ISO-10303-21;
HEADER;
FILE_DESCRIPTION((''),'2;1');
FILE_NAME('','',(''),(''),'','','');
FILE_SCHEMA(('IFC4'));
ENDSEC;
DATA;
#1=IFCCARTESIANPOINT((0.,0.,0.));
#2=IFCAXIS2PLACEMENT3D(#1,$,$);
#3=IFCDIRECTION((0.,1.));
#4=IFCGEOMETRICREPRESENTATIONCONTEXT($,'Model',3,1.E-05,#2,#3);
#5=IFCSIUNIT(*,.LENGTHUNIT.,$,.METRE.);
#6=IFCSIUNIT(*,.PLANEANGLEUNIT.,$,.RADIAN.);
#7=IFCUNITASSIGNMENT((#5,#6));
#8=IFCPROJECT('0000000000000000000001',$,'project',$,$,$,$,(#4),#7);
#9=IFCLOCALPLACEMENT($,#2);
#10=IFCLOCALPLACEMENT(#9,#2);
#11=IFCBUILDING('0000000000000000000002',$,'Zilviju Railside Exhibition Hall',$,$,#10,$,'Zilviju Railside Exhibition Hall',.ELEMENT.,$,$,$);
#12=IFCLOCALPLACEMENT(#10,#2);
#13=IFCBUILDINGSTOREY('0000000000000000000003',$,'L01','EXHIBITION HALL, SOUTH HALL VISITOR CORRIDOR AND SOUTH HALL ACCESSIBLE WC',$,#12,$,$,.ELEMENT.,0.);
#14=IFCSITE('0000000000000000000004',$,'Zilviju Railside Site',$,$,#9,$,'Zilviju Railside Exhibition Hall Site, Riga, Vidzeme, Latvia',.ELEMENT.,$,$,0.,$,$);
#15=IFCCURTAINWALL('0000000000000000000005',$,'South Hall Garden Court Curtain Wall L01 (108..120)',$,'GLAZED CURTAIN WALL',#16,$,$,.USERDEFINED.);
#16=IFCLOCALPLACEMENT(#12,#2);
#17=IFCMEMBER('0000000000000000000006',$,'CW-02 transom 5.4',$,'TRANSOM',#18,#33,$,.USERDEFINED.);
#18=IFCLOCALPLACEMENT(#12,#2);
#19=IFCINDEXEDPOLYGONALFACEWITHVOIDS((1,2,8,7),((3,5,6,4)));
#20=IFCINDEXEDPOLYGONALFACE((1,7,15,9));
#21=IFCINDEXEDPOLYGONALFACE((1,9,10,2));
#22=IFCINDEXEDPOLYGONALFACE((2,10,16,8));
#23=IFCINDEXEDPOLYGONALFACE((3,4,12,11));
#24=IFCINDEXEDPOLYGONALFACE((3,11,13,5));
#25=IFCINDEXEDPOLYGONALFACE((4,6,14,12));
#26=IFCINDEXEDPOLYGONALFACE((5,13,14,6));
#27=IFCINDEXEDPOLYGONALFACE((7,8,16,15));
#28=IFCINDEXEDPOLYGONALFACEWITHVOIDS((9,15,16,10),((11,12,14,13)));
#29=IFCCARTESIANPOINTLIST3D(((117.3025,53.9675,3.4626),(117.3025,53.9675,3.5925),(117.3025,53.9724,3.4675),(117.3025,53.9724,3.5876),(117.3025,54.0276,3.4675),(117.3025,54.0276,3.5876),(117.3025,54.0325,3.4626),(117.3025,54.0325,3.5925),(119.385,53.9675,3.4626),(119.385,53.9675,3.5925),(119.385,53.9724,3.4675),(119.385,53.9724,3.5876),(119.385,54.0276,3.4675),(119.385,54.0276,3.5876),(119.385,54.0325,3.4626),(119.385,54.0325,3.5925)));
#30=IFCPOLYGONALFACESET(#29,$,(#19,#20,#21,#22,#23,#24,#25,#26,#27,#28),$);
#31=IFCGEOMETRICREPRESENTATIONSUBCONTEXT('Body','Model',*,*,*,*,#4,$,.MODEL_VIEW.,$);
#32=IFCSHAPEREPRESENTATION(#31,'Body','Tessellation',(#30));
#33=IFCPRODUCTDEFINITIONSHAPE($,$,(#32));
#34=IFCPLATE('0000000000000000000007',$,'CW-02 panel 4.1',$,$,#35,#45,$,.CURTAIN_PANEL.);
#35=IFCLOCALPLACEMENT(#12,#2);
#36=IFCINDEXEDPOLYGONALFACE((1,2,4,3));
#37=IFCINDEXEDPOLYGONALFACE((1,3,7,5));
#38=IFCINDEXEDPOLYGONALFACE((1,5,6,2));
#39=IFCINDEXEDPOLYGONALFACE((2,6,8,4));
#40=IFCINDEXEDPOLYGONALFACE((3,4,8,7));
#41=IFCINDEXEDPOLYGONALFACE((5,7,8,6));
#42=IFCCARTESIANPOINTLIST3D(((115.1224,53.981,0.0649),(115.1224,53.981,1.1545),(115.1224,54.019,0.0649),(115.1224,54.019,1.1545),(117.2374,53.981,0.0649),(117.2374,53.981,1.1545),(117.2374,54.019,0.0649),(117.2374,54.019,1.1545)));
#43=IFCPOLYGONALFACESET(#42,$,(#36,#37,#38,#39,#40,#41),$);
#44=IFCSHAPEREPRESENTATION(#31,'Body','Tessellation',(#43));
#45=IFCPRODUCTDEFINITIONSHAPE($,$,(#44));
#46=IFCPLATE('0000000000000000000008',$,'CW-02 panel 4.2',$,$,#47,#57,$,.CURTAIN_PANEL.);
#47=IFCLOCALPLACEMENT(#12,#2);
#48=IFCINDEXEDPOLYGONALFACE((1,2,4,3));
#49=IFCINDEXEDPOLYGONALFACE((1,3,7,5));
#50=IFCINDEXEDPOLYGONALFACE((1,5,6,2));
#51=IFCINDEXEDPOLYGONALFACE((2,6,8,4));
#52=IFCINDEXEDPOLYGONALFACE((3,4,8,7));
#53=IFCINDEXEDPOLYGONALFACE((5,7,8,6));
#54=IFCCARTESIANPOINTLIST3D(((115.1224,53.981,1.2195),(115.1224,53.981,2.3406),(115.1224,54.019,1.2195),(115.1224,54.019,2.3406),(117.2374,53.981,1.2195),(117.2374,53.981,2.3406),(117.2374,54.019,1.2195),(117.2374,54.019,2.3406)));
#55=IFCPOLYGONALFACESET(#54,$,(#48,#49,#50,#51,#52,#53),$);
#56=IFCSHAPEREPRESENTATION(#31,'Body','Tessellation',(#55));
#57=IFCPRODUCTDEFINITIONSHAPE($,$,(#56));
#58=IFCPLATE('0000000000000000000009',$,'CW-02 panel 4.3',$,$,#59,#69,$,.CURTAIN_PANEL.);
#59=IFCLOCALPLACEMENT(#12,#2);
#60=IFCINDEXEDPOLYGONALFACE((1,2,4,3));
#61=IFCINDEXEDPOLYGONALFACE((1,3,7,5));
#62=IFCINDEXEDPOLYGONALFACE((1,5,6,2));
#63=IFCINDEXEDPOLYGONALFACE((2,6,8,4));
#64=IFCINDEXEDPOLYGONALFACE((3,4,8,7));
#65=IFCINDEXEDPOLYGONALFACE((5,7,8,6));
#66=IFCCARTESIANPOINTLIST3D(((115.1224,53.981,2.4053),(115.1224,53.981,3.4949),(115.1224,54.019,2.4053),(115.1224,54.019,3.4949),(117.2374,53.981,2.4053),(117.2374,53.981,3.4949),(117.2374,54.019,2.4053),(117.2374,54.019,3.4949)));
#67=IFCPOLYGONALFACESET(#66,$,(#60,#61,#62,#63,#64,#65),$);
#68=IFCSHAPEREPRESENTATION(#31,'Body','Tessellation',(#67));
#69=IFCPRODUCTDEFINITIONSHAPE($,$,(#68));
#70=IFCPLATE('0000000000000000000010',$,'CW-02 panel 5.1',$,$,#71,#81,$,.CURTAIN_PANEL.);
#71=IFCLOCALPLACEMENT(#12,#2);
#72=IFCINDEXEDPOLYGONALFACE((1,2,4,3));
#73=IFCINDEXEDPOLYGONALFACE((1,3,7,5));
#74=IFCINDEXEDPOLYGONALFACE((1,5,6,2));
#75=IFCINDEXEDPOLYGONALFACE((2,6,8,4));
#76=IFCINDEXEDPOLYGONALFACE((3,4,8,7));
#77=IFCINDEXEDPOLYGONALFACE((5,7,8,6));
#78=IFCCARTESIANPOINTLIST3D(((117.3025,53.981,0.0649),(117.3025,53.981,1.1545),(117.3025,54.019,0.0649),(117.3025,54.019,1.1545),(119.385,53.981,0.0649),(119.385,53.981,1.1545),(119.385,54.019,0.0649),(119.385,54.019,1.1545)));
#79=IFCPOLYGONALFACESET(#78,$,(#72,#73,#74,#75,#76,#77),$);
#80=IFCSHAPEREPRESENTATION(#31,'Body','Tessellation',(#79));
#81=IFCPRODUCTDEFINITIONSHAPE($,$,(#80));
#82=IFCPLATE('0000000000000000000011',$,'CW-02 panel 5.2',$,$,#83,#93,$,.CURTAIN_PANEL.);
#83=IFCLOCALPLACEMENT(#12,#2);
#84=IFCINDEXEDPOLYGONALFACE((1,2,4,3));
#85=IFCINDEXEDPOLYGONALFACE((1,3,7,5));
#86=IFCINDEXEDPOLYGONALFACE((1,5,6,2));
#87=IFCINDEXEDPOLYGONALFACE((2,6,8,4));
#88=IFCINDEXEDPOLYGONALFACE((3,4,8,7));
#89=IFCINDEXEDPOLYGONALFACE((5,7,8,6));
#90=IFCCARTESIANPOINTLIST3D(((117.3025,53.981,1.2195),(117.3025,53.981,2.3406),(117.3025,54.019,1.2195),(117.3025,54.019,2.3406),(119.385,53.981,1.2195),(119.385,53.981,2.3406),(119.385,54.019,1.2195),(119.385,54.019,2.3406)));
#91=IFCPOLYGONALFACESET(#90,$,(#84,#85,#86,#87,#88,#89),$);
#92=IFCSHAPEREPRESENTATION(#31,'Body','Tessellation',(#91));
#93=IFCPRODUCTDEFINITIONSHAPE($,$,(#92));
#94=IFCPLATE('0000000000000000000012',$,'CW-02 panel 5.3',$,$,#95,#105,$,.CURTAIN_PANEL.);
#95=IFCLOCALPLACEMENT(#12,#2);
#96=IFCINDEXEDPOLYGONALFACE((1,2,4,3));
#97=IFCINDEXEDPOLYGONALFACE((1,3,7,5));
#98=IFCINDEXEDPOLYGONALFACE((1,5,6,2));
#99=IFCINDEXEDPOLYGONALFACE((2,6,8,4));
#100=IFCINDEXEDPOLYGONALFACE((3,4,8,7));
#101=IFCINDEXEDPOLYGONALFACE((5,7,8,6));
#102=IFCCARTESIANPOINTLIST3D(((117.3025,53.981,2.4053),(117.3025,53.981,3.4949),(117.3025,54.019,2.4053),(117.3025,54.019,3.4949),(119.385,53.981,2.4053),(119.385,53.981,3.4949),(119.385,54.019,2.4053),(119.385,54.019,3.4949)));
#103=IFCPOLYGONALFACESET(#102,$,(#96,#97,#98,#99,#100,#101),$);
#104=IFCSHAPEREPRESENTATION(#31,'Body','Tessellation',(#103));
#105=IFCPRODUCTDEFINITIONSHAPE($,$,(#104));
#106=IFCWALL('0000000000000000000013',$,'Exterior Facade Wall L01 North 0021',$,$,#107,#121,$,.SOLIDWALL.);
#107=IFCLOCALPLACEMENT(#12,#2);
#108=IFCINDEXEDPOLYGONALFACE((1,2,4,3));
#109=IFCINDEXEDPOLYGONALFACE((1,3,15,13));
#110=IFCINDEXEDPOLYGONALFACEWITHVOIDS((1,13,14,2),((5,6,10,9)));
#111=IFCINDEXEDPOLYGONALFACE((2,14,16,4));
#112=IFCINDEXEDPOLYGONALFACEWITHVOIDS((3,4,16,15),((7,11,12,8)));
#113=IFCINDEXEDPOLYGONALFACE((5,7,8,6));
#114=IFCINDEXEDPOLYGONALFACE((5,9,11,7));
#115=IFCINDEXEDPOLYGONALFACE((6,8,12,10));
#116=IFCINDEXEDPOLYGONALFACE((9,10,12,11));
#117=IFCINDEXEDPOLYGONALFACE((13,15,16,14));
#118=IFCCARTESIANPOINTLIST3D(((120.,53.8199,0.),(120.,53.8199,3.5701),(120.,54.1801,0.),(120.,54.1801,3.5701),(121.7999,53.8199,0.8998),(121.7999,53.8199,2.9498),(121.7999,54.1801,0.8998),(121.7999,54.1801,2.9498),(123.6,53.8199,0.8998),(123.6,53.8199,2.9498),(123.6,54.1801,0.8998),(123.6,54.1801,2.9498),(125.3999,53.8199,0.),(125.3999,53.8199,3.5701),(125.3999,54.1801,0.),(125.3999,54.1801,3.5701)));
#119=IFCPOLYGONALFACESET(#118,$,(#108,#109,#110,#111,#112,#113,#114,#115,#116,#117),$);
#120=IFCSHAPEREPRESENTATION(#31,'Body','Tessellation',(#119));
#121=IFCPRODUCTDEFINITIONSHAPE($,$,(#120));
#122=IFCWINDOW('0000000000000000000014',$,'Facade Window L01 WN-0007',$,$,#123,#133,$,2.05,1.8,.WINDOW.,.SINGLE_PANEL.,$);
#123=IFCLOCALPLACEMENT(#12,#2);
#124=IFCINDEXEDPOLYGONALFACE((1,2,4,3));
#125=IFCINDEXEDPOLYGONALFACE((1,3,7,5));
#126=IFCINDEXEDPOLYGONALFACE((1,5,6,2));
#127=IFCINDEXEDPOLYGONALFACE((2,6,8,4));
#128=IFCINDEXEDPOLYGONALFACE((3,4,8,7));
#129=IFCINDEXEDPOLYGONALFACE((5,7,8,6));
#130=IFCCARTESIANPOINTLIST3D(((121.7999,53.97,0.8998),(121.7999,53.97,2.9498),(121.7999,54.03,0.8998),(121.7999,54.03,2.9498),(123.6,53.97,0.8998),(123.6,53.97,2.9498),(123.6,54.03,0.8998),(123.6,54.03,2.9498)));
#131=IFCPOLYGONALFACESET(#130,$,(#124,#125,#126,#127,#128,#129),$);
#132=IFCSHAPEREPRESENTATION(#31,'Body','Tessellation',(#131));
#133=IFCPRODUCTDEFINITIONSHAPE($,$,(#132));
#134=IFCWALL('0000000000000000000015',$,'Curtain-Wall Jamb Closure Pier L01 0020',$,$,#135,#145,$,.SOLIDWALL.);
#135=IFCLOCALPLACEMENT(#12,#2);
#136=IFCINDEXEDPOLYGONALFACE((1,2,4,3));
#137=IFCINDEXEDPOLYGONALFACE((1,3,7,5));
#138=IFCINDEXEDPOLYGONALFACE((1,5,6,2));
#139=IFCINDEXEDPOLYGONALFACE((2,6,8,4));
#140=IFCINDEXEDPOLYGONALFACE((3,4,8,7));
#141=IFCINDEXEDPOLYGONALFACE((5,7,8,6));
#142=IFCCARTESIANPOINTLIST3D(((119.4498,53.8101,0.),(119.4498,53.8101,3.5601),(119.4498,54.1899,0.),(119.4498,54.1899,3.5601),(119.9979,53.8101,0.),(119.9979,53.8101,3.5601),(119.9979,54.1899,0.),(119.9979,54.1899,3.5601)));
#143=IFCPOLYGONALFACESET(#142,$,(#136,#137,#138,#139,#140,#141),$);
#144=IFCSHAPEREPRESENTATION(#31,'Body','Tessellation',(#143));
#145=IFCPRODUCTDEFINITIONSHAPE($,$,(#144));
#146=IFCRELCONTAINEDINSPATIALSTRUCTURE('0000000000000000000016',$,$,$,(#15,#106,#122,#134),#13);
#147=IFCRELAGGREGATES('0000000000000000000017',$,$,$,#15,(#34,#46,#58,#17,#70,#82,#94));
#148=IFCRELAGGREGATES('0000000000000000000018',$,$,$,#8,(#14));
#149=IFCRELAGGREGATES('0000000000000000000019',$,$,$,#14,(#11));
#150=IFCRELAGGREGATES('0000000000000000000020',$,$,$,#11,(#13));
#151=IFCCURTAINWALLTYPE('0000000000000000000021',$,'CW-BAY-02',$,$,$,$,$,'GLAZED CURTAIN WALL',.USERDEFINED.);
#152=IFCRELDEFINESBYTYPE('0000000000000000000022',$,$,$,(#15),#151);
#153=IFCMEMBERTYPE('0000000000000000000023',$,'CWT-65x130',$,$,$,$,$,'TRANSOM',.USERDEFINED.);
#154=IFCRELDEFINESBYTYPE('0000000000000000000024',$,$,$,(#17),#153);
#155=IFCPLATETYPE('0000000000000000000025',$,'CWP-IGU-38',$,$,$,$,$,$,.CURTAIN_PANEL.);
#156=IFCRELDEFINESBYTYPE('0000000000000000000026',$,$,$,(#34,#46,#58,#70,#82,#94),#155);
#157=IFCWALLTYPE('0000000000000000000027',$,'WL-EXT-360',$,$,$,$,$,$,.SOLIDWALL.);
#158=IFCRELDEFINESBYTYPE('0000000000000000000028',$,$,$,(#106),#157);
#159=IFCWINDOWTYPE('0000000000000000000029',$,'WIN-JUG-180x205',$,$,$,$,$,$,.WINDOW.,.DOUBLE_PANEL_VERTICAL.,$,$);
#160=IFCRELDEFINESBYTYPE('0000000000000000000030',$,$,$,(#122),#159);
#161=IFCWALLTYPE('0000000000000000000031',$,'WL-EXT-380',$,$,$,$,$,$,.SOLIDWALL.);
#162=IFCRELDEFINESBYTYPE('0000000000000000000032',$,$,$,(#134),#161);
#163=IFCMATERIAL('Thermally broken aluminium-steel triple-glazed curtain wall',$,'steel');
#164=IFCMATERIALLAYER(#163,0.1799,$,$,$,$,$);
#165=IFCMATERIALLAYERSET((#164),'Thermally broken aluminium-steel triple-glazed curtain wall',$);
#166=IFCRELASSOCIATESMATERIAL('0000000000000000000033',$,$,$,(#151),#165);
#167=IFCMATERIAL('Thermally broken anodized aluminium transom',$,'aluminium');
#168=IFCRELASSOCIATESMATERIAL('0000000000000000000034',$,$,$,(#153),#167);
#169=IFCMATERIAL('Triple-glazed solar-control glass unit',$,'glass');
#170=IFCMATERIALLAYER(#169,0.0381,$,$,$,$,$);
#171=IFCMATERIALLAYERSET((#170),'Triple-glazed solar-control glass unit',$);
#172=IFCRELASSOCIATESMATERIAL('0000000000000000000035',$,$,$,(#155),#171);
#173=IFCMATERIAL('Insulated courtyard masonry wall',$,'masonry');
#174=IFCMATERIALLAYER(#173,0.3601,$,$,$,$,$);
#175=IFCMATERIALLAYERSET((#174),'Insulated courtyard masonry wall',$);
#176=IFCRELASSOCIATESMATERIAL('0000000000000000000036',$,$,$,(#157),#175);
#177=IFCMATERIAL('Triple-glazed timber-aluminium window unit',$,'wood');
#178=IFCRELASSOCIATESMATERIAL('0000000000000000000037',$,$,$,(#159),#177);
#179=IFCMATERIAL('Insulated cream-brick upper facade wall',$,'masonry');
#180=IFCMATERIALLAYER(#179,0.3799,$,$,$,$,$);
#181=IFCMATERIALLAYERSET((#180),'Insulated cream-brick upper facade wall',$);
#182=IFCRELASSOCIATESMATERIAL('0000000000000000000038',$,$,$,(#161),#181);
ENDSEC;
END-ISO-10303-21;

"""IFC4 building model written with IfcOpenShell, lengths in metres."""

from ifc_helpers import new_model, si_unit, direction, frame, frame_2d, origin, origin_2d, place, context, subcontext, project, spatial, rectangle, hollow_rectangle, extrude, material, layer, layer_set, material_profile, profile_set, type_object, element, fill, aggregate, save


model = new_model("IFC4")

# Units and contexts
model_context = context("Model", 3, precision=1e-05, world=origin(), true_north=direction((0.0, 1.0)))
body_context = subcontext(model_context, "Body", "Model", "MODEL_VIEW")
ifc_project = project(units=[si_unit("LENGTHUNIT", "METRE"), si_unit("PLANEANGLEUNIT", "RADIAN")], contexts=[model_context])

# Site, building, storey
site_placement = place(None, origin())
site = spatial("IfcSite", under=ifc_project, at=site_placement, Name="Zilviju Railside Site", LongName="Zilviju Railside Exhibition Hall Site, Riga, Vidzeme, Latvia", CompositionType="ELEMENT", RefElevation=0.0)
building_placement = place(site_placement, origin())
building = spatial("IfcBuilding", under=site, at=building_placement, Name="Zilviju Railside Exhibition Hall", LongName="Zilviju Railside Exhibition Hall", CompositionType="ELEMENT")
storey_placement = place(building_placement, origin())
storey = spatial("IfcBuildingStorey", under=building, at=storey_placement, Name="L01", Description="EXHIBITION HALL, SOUTH HALL VISITOR CORRIDOR AND SOUTH HALL ACCESSIBLE WC", CompositionType="ELEMENT", Elevation=0.0)

# Curtain wall, member, plates
ifc_material_1 = material(Name="Thermally broken aluminium-steel triple-glazed curtain wall", Category="steel")
ifc_layer_1 = layer(ifc_material_1, 0.1799)
ifc_layer_set_1 = layer_set([ifc_layer_1], Name="Thermally broken aluminium-steel triple-glazed curtain wall")
curtain_wall_type = type_object("IfcCurtainWallType", Name="CW-BAY-02", ElementType="GLAZED CURTAIN WALL", PredefinedType="USERDEFINED", material=ifc_layer_set_1)
curtain_wall_placement = place(storey_placement, origin())
curtain_wall = element("IfcCurtainWall", 1, at=curtain_wall_placement, inside=storey, type_object=curtain_wall_type, Name="South Hall Garden Court Curtain Wall L01 (108..120)", ObjectType="GLAZED CURTAIN WALL", PredefinedType="USERDEFINED")
ifc_material_2 = material(Name="Thermally broken anodized aluminium transom", Category="aluminium")
ifc_material_profile_1 = material_profile(ifc_material_2, hollow_rectangle(XDim=0.0649, YDim=0.1299, WallThickness=0.0049, at=origin_2d()), Name="TRANSOM 130x65x5")
ifc_profile_set_1 = profile_set([ifc_material_profile_1], Name="Thermally broken anodized aluminium transom")
member_type_1 = type_object("IfcMemberType", Name="CWT-65x130", ElementType="TRANSOM", PredefinedType="USERDEFINED", material=ifc_profile_set_1)
member_1_placement = place(storey_placement, frame((117.3025, 54.0, 3.5276), z_axis=(1.0, 0.0, 0.0), x_axis=(0.0, 1.0, 0.0)))
member_1 = element("IfcMember", 2, at=member_1_placement, type_object=member_type_1, Name="CW-02 transom 5.4", ObjectType="TRANSOM", PredefinedType="USERDEFINED", context=body_context, shape_type="SweptSolid", body=[
    extrude(hollow_rectangle(XDim=0.0649, YDim=0.1299, WallThickness=0.0049, at=origin_2d()), origin(), (0.0, 0.0, 1.0), 2.0825),
])
ifc_material_3 = material(Name="Triple-glazed solar-control glass unit", Category="glass")
ifc_layer_2 = layer(ifc_material_3, 0.0381)
ifc_layer_set_2 = layer_set([ifc_layer_2], Name="Triple-glazed solar-control glass unit")
plate_type = type_object("IfcPlateType", Name="CWP-IGU-38", PredefinedType="CURTAIN_PANEL", material=ifc_layer_set_2)
plate_1_placement = place(storey_placement, frame((116.1799, 54.0, 0.0649), z_axis=(0.0, 0.0, 1.0), x_axis=(1.0, 0.0, 0.0)))
plate_1 = element("IfcPlate", 3, at=plate_1_placement, type_object=plate_type, Name="CW-02 panel 4.1", PredefinedType="CURTAIN_PANEL", context=body_context, shape_type="SweptSolid", body=[
    extrude(rectangle(XDim=2.115, YDim=0.0381, at=origin_2d()), origin(), (0.0, 0.0, 1.0), 1.0896),
])
plate_2_placement = place(storey_placement, frame((116.1799, 54.0, 1.2195), z_axis=(0.0, 0.0, 1.0), x_axis=(1.0, 0.0, 0.0)))
plate_2 = element("IfcPlate", 4, at=plate_2_placement, type_object=plate_type, Name="CW-02 panel 4.2", PredefinedType="CURTAIN_PANEL", context=body_context, shape_type="SweptSolid", body=[
    extrude(rectangle(XDim=2.115, YDim=0.0381, at=origin_2d()), origin(), (0.0, 0.0, 1.0), 1.1211),
])
plate_3_placement = place(storey_placement, frame((116.1799, 54.0, 2.4053), z_axis=(0.0, 0.0, 1.0), x_axis=(1.0, 0.0, 0.0)))
plate_3 = element("IfcPlate", 5, at=plate_3_placement, type_object=plate_type, Name="CW-02 panel 4.3", PredefinedType="CURTAIN_PANEL", context=body_context, shape_type="SweptSolid", body=[
    extrude(rectangle(XDim=2.115, YDim=0.0381, at=origin_2d()), origin(), (0.0, 0.0, 1.0), 1.0896),
])
plate_4_placement = place(storey_placement, frame((118.3438, 54.0, 0.0649), z_axis=(0.0, 0.0, 1.0), x_axis=(1.0, 0.0, 0.0)))
plate_4 = element("IfcPlate", 6, at=plate_4_placement, type_object=plate_type, Name="CW-02 panel 5.1", PredefinedType="CURTAIN_PANEL", context=body_context, shape_type="SweptSolid", body=[
    extrude(rectangle(XDim=2.0825, YDim=0.0381, at=origin_2d()), origin(), (0.0, 0.0, 1.0), 1.0896),
])
plate_5_placement = place(storey_placement, frame((118.3438, 54.0, 1.2195), z_axis=(0.0, 0.0, 1.0), x_axis=(1.0, 0.0, 0.0)))
plate_5 = element("IfcPlate", 7, at=plate_5_placement, type_object=plate_type, Name="CW-02 panel 5.2", PredefinedType="CURTAIN_PANEL", context=body_context, shape_type="SweptSolid", body=[
    extrude(rectangle(XDim=2.0825, YDim=0.0381, at=origin_2d()), origin(), (0.0, 0.0, 1.0), 1.1211),
])
plate_6_placement = place(storey_placement, frame((118.3438, 54.0, 2.4053), z_axis=(0.0, 0.0, 1.0), x_axis=(1.0, 0.0, 0.0)))
plate_6 = element("IfcPlate", 8, at=plate_6_placement, type_object=plate_type, Name="CW-02 panel 5.3", PredefinedType="CURTAIN_PANEL", context=body_context, shape_type="SweptSolid", body=[
    extrude(rectangle(XDim=2.0825, YDim=0.0381, at=origin_2d()), origin(), (0.0, 0.0, 1.0), 1.0896),
])
aggregate(curtain_wall, [plate_1, plate_2, plate_3, member_1, plate_4, plate_5, plate_6])

# Wall, opening, window
ifc_material_4 = material(Name="Insulated courtyard masonry wall", Category="masonry")
ifc_layer_3 = layer(ifc_material_4, 0.3601)
ifc_layer_set_3 = layer_set([ifc_layer_3], Name="Insulated courtyard masonry wall")
wall_type_1 = type_object("IfcWallType", Name="WL-EXT-360", PredefinedType="SOLIDWALL", material=ifc_layer_set_3)
wall_1_placement = place(storey_placement, frame((120.0, 54.0, 0.0), z_axis=(0.0, 0.0, 1.0), x_axis=(1.0, 0.0, 0.0)))
wall_1 = element("IfcWall", 9, at=wall_1_placement, inside=storey, type_object=wall_type_1, Name="Exterior Facade Wall L01 North 0021", PredefinedType="SOLIDWALL", context=body_context, shape_type="SweptSolid", body=[
    extrude(rectangle(XDim=5.3999, YDim=0.3601, at=frame_2d((2.7, 0.0))), origin(), (0.0, 0.0, 1.0), 3.5701),
])
opening_placement = place(wall_1_placement, frame((1.8, 0.0, 0.8999)))
opening = element("IfcOpeningElement", 10, at=opening_placement, cuts=wall_1, PredefinedType="OPENING", context=body_context, shape_type="SweptSolid", body=[
    extrude(rectangle(XDim=1.8, YDim=2.05, at=frame_2d((0.8999, 1.0249))), frame((0.0, 0.1899, 0.0), z_axis=(0.0, -1.0, 0.0), x_axis=(1.0, 0.0, 0.0)), (0.0, 0.0, 1.0), 0.3801),
])
ifc_material_5 = material(Name="Triple-glazed timber-aluminium window unit", Category="wood")
window_type = type_object("IfcWindowType", Name="WIN-JUG-180x205", PartitioningType="DOUBLE_PANEL_VERTICAL", PredefinedType="WINDOW", material=ifc_material_5)
window_placement = place(opening_placement, origin())
window = element("IfcWindow", 11, at=window_placement, inside=storey, type_object=window_type, Name="Facade Window L01 WN-0007", OverallHeight=2.05, OverallWidth=1.8, PartitioningType="SINGLE_PANEL", PredefinedType="WINDOW", context=body_context, shape_type="SweptSolid", body=[
    extrude(rectangle(XDim=1.8, YDim=2.05, at=frame_2d((0.8999, 1.0249))), frame((0.0, 0.03, 0.0), z_axis=(0.0, -1.0, 0.0), x_axis=(1.0, 0.0, 0.0)), (0.0, 0.0, 1.0), 0.0601),
])
fill(opening, window)

# Wall
ifc_material_6 = material(Name="Insulated cream-brick upper facade wall", Category="masonry")
ifc_layer_4 = layer(ifc_material_6, 0.3799)
ifc_layer_set_4 = layer_set([ifc_layer_4], Name="Insulated cream-brick upper facade wall")
wall_type_2 = type_object("IfcWallType", Name="WL-EXT-380", PredefinedType="SOLIDWALL", material=ifc_layer_set_4)
wall_2_placement = place(storey_placement, frame((119.45, 54.0, 0.0), z_axis=(0.0, 0.0, 1.0), x_axis=(1.0, 0.0, 0.0)))
element("IfcWall", 12, at=wall_2_placement, inside=storey, type_object=wall_type_2, Name="Curtain-Wall Jamb Closure Pier L01 0020", PredefinedType="SOLIDWALL", context=body_context, shape_type="SweptSolid", body=[
    extrude(rectangle(XDim=0.5481, YDim=0.3799, at=frame_2d((0.2739, 0.0))), origin(), (0.0, 0.0, 1.0), 3.5601),
])

save(model, "model.ifc")
